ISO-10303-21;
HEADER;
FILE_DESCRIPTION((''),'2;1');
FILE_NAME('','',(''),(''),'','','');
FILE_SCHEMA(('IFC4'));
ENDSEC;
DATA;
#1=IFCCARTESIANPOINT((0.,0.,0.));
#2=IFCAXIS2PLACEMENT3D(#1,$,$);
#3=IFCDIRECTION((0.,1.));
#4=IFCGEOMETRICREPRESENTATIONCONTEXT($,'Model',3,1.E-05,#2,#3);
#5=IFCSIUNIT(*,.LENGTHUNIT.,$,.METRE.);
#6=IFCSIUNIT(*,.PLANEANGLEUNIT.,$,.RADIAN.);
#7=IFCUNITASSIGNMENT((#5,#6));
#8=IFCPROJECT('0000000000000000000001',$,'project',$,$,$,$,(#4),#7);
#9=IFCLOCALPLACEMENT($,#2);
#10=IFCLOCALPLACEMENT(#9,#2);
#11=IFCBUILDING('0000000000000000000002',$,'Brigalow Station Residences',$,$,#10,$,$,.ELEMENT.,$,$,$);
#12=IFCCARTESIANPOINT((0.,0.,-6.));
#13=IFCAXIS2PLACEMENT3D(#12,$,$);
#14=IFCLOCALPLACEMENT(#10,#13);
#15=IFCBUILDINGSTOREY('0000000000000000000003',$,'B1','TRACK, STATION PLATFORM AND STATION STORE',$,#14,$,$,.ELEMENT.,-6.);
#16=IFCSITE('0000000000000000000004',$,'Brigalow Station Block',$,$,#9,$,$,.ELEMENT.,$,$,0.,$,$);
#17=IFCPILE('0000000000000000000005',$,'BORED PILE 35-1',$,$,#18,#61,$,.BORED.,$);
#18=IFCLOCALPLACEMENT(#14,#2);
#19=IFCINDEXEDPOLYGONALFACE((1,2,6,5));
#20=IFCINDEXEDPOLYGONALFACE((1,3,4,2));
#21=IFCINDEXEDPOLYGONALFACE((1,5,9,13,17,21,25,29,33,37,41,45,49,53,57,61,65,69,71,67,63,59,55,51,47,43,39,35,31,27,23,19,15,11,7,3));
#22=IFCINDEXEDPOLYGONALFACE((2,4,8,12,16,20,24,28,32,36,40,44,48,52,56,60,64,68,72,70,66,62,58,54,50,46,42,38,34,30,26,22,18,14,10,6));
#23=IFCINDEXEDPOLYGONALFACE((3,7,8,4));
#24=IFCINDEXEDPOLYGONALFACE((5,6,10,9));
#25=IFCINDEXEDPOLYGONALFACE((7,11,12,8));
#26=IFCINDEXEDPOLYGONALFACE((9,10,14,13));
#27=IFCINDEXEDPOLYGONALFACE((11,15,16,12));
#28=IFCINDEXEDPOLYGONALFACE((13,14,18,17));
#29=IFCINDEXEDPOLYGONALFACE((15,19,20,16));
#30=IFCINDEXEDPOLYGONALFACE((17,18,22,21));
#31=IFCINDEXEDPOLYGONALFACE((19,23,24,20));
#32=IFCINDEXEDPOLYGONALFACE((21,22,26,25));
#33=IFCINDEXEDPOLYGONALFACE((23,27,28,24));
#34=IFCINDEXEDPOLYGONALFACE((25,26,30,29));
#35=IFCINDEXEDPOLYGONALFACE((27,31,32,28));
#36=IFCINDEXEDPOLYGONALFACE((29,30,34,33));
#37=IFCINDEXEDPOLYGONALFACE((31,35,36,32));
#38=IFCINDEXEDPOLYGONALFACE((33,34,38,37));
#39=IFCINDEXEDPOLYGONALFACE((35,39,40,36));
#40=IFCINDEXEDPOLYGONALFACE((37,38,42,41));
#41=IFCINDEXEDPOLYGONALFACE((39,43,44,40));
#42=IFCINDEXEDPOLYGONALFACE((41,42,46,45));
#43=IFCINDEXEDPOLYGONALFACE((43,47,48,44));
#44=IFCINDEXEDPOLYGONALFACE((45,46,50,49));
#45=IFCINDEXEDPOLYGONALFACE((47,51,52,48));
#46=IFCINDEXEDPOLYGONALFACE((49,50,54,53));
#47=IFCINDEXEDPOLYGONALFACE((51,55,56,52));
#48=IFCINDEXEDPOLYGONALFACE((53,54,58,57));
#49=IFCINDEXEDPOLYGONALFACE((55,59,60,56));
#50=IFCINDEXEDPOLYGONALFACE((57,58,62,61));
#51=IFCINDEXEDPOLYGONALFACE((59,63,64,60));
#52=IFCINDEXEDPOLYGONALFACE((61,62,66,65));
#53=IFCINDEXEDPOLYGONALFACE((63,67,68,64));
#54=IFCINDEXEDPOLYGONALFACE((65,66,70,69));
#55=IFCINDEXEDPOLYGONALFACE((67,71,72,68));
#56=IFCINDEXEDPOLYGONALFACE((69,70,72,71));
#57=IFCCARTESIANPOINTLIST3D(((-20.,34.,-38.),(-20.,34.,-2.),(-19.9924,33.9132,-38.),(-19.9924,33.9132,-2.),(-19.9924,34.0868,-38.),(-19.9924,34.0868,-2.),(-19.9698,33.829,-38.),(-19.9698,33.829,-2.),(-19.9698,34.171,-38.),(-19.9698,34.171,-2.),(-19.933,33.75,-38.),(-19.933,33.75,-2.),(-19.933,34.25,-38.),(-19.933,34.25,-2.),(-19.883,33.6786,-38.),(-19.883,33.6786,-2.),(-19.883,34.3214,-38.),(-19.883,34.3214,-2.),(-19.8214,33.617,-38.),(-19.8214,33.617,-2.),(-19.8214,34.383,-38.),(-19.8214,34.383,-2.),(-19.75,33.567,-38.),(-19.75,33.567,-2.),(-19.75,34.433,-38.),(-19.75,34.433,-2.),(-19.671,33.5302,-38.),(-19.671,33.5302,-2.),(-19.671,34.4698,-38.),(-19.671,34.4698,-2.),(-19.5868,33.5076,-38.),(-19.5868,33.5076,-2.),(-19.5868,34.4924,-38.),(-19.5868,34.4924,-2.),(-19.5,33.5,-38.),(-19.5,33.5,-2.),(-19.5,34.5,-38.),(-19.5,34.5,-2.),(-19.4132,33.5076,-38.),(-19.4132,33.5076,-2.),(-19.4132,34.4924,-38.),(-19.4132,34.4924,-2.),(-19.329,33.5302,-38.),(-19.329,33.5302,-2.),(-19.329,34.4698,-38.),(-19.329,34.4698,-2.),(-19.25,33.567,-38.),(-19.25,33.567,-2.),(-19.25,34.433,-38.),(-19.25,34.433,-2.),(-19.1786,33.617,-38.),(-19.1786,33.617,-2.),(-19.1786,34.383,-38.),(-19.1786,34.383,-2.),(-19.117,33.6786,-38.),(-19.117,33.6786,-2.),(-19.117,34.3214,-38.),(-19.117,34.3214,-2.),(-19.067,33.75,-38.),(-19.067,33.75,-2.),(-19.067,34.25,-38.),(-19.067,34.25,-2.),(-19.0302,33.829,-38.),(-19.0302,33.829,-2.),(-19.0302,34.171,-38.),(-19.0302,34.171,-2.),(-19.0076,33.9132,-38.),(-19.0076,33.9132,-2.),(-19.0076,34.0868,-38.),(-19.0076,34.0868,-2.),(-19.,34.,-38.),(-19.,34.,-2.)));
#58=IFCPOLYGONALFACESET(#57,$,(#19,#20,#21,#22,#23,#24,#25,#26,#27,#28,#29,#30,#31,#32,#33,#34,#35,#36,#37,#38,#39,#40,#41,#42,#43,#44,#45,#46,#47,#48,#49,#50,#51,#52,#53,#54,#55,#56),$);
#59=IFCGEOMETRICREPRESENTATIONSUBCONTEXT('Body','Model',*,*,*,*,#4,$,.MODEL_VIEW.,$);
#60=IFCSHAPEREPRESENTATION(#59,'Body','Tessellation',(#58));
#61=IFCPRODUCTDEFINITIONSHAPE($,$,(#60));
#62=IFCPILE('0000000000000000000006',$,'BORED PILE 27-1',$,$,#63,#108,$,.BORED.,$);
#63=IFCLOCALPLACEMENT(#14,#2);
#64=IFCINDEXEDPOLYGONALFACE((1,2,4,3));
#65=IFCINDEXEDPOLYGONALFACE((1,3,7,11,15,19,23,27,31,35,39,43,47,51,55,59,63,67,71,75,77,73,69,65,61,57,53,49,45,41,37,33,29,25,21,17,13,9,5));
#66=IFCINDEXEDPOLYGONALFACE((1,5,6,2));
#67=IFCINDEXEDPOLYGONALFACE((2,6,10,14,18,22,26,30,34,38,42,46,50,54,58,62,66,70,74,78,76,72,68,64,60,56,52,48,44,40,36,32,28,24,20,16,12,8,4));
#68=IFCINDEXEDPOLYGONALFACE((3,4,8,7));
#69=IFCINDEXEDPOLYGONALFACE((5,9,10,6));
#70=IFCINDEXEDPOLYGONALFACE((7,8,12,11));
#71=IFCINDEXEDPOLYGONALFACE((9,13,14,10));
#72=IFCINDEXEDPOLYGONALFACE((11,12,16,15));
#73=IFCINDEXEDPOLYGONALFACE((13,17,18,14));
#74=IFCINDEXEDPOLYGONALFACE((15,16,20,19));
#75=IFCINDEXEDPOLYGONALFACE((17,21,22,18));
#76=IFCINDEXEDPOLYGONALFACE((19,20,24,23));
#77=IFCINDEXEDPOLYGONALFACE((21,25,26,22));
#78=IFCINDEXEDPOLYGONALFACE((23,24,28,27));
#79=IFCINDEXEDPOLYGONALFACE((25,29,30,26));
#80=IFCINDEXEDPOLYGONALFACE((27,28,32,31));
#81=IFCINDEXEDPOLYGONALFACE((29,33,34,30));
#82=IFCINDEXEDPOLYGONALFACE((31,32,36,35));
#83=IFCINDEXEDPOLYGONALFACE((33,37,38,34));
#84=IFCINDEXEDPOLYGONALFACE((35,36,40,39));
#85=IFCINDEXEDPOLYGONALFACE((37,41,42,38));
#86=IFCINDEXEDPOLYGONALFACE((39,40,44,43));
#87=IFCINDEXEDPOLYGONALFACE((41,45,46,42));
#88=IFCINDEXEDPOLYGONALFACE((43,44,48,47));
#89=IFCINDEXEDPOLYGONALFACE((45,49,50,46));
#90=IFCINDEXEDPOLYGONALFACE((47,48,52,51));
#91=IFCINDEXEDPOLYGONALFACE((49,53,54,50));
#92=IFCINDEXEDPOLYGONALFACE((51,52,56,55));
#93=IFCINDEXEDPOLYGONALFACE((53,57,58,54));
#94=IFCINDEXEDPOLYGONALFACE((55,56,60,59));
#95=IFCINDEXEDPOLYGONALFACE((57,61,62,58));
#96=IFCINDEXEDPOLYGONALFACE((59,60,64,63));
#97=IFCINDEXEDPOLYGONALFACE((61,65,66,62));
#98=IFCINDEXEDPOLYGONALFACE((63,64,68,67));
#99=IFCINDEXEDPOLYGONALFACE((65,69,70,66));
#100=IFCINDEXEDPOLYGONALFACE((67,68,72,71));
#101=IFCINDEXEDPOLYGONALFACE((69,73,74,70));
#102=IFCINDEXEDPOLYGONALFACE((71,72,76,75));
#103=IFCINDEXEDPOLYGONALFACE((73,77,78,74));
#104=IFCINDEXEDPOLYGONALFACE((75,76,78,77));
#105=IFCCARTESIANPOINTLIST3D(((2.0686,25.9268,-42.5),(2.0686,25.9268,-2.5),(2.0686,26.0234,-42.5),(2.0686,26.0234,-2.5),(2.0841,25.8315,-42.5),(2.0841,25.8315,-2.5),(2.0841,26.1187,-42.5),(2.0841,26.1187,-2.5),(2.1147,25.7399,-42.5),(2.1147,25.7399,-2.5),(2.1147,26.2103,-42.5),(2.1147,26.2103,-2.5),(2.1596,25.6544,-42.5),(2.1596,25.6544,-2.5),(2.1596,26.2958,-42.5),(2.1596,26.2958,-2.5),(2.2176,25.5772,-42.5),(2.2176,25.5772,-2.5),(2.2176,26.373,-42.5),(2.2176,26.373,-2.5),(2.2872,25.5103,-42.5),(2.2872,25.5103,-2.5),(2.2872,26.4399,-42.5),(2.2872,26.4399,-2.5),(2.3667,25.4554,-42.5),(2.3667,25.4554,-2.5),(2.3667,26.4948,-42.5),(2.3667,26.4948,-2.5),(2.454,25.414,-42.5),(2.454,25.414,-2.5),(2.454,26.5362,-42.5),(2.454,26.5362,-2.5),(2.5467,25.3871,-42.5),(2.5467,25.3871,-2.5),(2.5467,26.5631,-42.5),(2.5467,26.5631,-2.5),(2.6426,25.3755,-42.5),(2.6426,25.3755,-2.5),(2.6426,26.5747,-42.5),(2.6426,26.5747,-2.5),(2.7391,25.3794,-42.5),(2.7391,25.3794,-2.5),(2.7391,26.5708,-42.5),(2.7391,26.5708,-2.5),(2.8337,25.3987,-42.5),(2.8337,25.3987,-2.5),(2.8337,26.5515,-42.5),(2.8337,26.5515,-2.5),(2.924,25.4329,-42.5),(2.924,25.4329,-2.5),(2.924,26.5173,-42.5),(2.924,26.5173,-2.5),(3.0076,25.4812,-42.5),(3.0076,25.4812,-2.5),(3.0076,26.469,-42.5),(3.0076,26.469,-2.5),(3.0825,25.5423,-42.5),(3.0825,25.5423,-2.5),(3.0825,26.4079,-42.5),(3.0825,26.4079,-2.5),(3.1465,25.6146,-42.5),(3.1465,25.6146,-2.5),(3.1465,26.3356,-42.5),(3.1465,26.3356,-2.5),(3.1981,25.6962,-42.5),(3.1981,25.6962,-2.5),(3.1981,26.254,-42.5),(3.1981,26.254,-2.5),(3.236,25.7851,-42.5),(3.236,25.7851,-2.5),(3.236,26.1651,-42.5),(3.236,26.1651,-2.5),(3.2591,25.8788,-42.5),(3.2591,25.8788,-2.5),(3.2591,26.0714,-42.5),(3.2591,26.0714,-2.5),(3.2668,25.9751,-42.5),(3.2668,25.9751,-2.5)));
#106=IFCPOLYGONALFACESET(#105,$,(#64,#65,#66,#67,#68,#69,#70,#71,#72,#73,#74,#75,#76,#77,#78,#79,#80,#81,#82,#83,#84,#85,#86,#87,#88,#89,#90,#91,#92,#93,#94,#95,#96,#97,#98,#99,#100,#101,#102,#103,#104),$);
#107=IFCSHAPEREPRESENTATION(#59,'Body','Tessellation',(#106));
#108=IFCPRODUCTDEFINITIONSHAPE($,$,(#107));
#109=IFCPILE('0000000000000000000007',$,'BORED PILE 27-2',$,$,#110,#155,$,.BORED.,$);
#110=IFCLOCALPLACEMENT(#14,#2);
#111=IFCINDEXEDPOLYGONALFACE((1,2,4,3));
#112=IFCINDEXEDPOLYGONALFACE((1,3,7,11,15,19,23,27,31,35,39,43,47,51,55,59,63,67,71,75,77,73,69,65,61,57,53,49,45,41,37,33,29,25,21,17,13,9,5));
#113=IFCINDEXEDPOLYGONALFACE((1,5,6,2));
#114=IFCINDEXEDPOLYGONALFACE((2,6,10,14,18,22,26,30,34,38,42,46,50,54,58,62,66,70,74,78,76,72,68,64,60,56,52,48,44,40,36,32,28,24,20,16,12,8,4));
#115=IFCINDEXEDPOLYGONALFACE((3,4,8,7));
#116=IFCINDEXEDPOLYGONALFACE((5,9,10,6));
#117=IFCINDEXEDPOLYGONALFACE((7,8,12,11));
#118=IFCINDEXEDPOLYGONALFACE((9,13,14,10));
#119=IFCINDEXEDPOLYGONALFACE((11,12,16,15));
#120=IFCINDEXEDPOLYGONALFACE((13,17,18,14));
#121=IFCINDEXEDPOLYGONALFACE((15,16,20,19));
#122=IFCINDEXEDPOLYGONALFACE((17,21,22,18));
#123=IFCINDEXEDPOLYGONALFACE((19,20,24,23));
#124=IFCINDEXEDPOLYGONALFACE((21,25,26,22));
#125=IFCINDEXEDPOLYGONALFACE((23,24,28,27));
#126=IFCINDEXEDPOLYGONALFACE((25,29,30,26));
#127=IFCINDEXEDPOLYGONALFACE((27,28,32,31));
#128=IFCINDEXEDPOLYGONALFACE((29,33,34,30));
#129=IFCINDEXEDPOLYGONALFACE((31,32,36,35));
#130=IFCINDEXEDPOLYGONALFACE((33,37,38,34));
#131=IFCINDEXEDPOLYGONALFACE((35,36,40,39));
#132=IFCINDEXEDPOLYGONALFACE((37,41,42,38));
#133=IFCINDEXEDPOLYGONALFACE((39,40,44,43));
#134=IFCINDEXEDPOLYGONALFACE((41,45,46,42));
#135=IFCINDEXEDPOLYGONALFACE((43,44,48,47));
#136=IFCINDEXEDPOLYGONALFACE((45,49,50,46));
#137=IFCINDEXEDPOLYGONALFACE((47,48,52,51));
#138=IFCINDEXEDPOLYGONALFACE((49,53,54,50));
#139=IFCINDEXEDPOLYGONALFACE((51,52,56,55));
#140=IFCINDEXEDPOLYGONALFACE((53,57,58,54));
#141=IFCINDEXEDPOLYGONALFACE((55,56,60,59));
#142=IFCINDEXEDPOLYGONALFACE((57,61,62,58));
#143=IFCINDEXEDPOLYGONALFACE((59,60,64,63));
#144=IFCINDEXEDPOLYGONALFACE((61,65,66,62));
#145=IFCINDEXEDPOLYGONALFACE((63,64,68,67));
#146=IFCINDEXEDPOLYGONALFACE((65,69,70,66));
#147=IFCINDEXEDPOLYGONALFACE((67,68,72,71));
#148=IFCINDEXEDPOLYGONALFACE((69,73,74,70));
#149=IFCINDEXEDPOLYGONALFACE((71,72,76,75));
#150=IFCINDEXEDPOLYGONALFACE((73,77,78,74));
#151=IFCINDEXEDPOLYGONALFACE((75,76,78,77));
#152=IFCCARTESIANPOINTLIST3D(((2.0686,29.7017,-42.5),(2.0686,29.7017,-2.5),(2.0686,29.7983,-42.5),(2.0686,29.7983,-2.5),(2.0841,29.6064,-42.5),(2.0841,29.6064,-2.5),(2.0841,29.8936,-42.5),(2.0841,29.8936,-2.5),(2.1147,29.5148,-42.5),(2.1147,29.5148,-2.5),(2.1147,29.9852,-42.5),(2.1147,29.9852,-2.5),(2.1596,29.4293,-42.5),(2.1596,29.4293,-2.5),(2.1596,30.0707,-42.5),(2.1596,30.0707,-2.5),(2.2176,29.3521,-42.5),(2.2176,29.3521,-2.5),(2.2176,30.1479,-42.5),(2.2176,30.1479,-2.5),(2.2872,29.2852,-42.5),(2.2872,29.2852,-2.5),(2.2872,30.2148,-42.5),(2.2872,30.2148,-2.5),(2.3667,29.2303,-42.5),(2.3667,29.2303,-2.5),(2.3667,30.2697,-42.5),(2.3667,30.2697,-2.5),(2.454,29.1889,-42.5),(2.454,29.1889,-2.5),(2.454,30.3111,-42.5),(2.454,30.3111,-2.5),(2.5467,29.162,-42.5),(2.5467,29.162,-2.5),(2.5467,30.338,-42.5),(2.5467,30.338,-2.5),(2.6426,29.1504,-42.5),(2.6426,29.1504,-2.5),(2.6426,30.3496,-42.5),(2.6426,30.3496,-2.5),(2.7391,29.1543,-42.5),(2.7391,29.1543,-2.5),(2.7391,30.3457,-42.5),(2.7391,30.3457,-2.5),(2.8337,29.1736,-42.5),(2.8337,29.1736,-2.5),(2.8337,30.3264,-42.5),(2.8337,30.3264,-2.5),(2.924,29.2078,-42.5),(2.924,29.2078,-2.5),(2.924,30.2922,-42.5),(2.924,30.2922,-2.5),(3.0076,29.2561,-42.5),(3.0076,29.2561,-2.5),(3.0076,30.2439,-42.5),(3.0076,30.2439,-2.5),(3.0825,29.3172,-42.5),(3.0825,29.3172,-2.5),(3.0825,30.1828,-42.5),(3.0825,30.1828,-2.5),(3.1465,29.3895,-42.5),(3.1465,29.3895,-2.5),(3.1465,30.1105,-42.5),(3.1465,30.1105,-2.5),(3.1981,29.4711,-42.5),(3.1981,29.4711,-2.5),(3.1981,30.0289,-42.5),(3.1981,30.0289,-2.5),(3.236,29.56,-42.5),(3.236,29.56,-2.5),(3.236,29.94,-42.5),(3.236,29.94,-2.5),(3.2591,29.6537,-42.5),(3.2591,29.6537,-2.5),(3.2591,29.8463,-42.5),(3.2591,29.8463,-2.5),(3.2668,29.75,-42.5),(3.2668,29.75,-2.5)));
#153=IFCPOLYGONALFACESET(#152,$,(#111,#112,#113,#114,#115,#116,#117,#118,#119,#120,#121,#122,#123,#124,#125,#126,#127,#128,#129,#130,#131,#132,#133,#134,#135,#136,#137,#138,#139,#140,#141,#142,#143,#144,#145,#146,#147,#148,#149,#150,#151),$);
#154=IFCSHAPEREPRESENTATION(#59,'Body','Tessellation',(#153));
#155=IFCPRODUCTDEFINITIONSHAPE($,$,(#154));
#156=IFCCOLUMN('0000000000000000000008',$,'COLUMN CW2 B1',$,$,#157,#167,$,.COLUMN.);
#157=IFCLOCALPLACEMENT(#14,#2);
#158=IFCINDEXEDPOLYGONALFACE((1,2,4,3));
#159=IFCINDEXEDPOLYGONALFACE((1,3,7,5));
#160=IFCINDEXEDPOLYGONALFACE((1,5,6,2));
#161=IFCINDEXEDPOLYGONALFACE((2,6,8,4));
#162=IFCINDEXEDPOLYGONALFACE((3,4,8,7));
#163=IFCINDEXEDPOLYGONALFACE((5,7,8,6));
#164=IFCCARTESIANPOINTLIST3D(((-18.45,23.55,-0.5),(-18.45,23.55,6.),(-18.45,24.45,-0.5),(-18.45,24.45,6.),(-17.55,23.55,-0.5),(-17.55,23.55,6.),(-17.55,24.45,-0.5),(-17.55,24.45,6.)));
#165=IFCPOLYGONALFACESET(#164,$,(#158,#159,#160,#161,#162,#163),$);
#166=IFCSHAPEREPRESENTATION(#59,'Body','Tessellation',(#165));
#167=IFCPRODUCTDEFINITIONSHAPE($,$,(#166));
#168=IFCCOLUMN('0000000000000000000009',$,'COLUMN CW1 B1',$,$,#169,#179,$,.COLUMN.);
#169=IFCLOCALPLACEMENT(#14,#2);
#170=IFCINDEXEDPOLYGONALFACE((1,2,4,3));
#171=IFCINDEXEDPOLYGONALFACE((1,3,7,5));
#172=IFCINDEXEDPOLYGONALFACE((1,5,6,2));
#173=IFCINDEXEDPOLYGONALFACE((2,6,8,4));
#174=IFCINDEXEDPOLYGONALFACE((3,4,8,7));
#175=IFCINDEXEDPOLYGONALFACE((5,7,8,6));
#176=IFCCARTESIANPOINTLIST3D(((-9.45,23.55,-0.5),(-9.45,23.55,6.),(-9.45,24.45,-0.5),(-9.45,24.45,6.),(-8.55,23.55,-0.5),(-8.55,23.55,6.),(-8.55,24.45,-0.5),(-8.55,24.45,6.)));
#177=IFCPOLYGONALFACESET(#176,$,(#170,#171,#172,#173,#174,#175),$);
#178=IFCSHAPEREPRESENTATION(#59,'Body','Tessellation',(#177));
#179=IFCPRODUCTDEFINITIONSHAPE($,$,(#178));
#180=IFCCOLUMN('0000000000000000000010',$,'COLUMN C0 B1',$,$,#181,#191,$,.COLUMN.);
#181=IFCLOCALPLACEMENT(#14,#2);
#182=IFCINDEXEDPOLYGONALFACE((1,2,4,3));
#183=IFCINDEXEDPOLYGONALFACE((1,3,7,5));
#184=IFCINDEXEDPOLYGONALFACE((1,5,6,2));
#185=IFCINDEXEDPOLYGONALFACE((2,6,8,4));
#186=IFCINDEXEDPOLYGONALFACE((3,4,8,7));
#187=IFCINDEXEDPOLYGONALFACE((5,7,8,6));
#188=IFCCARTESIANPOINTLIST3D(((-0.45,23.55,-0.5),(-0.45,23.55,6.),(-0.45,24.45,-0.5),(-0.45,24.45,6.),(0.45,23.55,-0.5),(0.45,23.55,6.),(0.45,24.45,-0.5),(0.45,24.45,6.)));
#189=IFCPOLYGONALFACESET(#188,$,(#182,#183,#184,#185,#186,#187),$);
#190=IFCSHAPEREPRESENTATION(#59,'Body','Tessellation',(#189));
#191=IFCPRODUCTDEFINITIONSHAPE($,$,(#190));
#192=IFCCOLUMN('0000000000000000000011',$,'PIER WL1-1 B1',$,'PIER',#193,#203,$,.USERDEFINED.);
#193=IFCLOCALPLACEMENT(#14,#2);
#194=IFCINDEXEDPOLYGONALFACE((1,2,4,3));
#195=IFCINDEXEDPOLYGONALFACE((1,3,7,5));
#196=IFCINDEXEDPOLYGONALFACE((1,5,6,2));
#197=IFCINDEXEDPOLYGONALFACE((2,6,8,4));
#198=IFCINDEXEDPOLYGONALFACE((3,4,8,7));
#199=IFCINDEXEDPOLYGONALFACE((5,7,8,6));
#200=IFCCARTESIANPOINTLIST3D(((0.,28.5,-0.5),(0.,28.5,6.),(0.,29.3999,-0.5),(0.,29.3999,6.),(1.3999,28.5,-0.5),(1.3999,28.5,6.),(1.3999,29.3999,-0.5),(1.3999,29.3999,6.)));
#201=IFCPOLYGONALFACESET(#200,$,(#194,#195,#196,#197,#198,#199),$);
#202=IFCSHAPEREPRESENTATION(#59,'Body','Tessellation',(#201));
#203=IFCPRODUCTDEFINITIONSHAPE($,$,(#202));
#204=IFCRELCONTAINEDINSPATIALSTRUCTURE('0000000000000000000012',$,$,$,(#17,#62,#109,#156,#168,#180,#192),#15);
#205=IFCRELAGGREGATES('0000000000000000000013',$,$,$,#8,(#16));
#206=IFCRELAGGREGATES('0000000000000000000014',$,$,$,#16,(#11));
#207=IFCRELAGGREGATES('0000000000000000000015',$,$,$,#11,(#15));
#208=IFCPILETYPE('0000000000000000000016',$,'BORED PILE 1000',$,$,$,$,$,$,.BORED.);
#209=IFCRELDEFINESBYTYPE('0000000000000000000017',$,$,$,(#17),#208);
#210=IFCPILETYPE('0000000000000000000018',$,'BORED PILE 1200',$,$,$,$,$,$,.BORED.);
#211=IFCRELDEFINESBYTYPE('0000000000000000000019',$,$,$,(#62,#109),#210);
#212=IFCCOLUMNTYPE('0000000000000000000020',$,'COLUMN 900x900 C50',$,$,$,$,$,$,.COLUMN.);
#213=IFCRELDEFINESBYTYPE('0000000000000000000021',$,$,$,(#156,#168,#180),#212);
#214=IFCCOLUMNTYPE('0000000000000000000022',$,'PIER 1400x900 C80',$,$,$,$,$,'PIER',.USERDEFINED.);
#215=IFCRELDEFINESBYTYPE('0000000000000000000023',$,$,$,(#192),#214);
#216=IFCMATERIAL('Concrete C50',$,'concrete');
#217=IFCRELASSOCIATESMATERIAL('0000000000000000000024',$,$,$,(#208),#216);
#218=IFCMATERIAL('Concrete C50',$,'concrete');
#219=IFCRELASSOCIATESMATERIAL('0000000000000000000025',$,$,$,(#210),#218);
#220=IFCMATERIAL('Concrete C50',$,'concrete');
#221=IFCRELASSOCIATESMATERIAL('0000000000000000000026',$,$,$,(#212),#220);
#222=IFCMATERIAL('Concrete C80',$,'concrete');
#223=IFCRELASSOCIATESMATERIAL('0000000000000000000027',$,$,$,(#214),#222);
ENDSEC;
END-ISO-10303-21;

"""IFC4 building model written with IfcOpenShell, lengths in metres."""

from ifc_helpers import new_model, si_unit, direction, frame, origin, origin_2d, place, context, subcontext, project, spatial, rectangle, circle, extrude, material, material_profile, profile_set, type_object, element, save


model = new_model("IFC4")

# Units and contexts
model_context = context("Model", 3, precision=1e-05, world=origin(), true_north=direction((0.0, 1.0)))
body_context = subcontext(model_context, "Body", "Model", "MODEL_VIEW")
ifc_project = project(units=[si_unit("LENGTHUNIT", "METRE"), si_unit("PLANEANGLEUNIT", "RADIAN")], contexts=[model_context])

# Site, building, storey
site_placement = place(None, origin())
site = spatial("IfcSite", under=ifc_project, at=site_placement, Name="Brigalow Station Block", CompositionType="ELEMENT", RefElevation=0.0)
building_placement = place(site_placement, origin())
building = spatial("IfcBuilding", under=site, at=building_placement, Name="Brigalow Station Residences", CompositionType="ELEMENT")
storey_placement = place(building_placement, frame((0.0, 0.0, -6.0)))
storey = spatial("IfcBuildingStorey", under=building, at=storey_placement, Name="B1", Description="TRACK, STATION PLATFORM AND STATION STORE", CompositionType="ELEMENT", Elevation=-6.0)

# Piles
ifc_material_1 = material(Name="Concrete C50", Category="concrete")
ifc_material_profile_1 = material_profile(ifc_material_1, circle(Radius=0.5, at=origin_2d()), Name="BP1000")
ifc_profile_set_1 = profile_set([ifc_material_profile_1], Name="Concrete C50")
pile_type_1 = type_object("IfcPileType", Name="BORED PILE 1000", PredefinedType="BORED", material=ifc_profile_set_1)
for number, where, z_axis, x_axis, name in (
    (1, (-19.5, 34.0, -2.0), (0.0, 0.0, -1.0), (1.0, 0.0, 0.0), "BORED PILE 35-1"),
):
    element("IfcPile", number, at=place(storey_placement, frame(where, z_axis=z_axis, x_axis=x_axis)), inside=storey, type_object=pile_type_1, Name=name, PredefinedType="BORED", context=body_context, shape_type="SweptSolid", body=[
        extrude(circle(Radius=0.5, at=origin_2d()), origin(), (0.0, 0.0, 1.0), 36.0),
    ])
ifc_material_2 = material(Name="Concrete C50", Category="concrete")
ifc_material_profile_2 = material_profile(ifc_material_2, circle(Radius=0.6001, at=origin_2d()), Name="BP1200")
ifc_profile_set_2 = profile_set([ifc_material_profile_2], Name="Concrete C50")
pile_type_2 = type_object("IfcPileType", Name="BORED PILE 1200", PredefinedType="BORED", material=ifc_profile_set_2)
for number, where, z_axis, x_axis, name in (
    (2, (2.6667, 25.9751, -2.5), (0.0, 0.0, -1.0), (1.0, 0.0, 0.0), "BORED PILE 27-1"),
    (3, (2.6667, 29.75, -2.5), (0.0, 0.0, -1.0), (1.0, 0.0, 0.0), "BORED PILE 27-2"),
):
    element("IfcPile", number, at=place(storey_placement, frame(where, z_axis=z_axis, x_axis=x_axis)), inside=storey, type_object=pile_type_2, Name=name, PredefinedType="BORED", context=body_context, shape_type="SweptSolid", body=[
        extrude(circle(Radius=0.6001, at=origin_2d()), origin(), (0.0, 0.0, 1.0), 40.0),
    ])

# Columns
ifc_material_3 = material(Name="Concrete C50", Category="concrete")
ifc_material_profile_3 = material_profile(ifc_material_3, rectangle(XDim=0.8999, YDim=0.8999, at=origin_2d()), Name="RC900x900")
ifc_profile_set_3 = profile_set([ifc_material_profile_3], Name="Concrete C50")
column_type_1 = type_object("IfcColumnType", Name="COLUMN 900x900 C50", PredefinedType="COLUMN", material=ifc_profile_set_3)
for number, where, z_axis, x_axis, name in (
    (4, (-18.0, 24.0, -0.5), (0.0, 0.0, 1.0), (1.0, 0.0, 0.0), "COLUMN CW2 B1"),
    (5, (-9.0, 24.0, -0.5), (0.0, 0.0, 1.0), (1.0, 0.0, 0.0), "COLUMN CW1 B1"),
    (6, (0.0, 24.0, -0.5), (0.0, 0.0, 1.0), (1.0, 0.0, 0.0), "COLUMN C0 B1"),
):
    element("IfcColumn", number, at=place(storey_placement, frame(where, z_axis=z_axis, x_axis=x_axis)), inside=storey, type_object=column_type_1, Name=name, PredefinedType="COLUMN", context=body_context, shape_type="SweptSolid", body=[
        extrude(rectangle(XDim=0.8999, YDim=0.8999, at=origin_2d()), origin(), (0.0, 0.0, 1.0), 6.5),
    ])
ifc_material_4 = material(Name="Concrete C80", Category="concrete")
ifc_material_profile_4 = material_profile(ifc_material_4, rectangle(XDim=1.3999, YDim=0.8999, at=origin_2d()), Name="RC1400x900")
ifc_profile_set_4 = profile_set([ifc_material_profile_4], Name="Concrete C80")
column_type_2 = type_object("IfcColumnType", Name="PIER 1400x900 C80", ElementType="PIER", PredefinedType="USERDEFINED", material=ifc_profile_set_4)
column_placement = place(storey_placement, frame((0.7, 28.95, -0.5), z_axis=(0.0, 0.0, 1.0), x_axis=(1.0, 0.0, 0.0)))
element("IfcColumn", 7, at=column_placement, inside=storey, type_object=column_type_2, Name="PIER WL1-1 B1", ObjectType="PIER", PredefinedType="USERDEFINED", context=body_context, shape_type="SweptSolid", body=[
    extrude(rectangle(XDim=1.3999, YDim=0.8999, at=origin_2d()), origin(), (0.0, 0.0, 1.0), 6.5),
])

save(model, "model.ifc")
